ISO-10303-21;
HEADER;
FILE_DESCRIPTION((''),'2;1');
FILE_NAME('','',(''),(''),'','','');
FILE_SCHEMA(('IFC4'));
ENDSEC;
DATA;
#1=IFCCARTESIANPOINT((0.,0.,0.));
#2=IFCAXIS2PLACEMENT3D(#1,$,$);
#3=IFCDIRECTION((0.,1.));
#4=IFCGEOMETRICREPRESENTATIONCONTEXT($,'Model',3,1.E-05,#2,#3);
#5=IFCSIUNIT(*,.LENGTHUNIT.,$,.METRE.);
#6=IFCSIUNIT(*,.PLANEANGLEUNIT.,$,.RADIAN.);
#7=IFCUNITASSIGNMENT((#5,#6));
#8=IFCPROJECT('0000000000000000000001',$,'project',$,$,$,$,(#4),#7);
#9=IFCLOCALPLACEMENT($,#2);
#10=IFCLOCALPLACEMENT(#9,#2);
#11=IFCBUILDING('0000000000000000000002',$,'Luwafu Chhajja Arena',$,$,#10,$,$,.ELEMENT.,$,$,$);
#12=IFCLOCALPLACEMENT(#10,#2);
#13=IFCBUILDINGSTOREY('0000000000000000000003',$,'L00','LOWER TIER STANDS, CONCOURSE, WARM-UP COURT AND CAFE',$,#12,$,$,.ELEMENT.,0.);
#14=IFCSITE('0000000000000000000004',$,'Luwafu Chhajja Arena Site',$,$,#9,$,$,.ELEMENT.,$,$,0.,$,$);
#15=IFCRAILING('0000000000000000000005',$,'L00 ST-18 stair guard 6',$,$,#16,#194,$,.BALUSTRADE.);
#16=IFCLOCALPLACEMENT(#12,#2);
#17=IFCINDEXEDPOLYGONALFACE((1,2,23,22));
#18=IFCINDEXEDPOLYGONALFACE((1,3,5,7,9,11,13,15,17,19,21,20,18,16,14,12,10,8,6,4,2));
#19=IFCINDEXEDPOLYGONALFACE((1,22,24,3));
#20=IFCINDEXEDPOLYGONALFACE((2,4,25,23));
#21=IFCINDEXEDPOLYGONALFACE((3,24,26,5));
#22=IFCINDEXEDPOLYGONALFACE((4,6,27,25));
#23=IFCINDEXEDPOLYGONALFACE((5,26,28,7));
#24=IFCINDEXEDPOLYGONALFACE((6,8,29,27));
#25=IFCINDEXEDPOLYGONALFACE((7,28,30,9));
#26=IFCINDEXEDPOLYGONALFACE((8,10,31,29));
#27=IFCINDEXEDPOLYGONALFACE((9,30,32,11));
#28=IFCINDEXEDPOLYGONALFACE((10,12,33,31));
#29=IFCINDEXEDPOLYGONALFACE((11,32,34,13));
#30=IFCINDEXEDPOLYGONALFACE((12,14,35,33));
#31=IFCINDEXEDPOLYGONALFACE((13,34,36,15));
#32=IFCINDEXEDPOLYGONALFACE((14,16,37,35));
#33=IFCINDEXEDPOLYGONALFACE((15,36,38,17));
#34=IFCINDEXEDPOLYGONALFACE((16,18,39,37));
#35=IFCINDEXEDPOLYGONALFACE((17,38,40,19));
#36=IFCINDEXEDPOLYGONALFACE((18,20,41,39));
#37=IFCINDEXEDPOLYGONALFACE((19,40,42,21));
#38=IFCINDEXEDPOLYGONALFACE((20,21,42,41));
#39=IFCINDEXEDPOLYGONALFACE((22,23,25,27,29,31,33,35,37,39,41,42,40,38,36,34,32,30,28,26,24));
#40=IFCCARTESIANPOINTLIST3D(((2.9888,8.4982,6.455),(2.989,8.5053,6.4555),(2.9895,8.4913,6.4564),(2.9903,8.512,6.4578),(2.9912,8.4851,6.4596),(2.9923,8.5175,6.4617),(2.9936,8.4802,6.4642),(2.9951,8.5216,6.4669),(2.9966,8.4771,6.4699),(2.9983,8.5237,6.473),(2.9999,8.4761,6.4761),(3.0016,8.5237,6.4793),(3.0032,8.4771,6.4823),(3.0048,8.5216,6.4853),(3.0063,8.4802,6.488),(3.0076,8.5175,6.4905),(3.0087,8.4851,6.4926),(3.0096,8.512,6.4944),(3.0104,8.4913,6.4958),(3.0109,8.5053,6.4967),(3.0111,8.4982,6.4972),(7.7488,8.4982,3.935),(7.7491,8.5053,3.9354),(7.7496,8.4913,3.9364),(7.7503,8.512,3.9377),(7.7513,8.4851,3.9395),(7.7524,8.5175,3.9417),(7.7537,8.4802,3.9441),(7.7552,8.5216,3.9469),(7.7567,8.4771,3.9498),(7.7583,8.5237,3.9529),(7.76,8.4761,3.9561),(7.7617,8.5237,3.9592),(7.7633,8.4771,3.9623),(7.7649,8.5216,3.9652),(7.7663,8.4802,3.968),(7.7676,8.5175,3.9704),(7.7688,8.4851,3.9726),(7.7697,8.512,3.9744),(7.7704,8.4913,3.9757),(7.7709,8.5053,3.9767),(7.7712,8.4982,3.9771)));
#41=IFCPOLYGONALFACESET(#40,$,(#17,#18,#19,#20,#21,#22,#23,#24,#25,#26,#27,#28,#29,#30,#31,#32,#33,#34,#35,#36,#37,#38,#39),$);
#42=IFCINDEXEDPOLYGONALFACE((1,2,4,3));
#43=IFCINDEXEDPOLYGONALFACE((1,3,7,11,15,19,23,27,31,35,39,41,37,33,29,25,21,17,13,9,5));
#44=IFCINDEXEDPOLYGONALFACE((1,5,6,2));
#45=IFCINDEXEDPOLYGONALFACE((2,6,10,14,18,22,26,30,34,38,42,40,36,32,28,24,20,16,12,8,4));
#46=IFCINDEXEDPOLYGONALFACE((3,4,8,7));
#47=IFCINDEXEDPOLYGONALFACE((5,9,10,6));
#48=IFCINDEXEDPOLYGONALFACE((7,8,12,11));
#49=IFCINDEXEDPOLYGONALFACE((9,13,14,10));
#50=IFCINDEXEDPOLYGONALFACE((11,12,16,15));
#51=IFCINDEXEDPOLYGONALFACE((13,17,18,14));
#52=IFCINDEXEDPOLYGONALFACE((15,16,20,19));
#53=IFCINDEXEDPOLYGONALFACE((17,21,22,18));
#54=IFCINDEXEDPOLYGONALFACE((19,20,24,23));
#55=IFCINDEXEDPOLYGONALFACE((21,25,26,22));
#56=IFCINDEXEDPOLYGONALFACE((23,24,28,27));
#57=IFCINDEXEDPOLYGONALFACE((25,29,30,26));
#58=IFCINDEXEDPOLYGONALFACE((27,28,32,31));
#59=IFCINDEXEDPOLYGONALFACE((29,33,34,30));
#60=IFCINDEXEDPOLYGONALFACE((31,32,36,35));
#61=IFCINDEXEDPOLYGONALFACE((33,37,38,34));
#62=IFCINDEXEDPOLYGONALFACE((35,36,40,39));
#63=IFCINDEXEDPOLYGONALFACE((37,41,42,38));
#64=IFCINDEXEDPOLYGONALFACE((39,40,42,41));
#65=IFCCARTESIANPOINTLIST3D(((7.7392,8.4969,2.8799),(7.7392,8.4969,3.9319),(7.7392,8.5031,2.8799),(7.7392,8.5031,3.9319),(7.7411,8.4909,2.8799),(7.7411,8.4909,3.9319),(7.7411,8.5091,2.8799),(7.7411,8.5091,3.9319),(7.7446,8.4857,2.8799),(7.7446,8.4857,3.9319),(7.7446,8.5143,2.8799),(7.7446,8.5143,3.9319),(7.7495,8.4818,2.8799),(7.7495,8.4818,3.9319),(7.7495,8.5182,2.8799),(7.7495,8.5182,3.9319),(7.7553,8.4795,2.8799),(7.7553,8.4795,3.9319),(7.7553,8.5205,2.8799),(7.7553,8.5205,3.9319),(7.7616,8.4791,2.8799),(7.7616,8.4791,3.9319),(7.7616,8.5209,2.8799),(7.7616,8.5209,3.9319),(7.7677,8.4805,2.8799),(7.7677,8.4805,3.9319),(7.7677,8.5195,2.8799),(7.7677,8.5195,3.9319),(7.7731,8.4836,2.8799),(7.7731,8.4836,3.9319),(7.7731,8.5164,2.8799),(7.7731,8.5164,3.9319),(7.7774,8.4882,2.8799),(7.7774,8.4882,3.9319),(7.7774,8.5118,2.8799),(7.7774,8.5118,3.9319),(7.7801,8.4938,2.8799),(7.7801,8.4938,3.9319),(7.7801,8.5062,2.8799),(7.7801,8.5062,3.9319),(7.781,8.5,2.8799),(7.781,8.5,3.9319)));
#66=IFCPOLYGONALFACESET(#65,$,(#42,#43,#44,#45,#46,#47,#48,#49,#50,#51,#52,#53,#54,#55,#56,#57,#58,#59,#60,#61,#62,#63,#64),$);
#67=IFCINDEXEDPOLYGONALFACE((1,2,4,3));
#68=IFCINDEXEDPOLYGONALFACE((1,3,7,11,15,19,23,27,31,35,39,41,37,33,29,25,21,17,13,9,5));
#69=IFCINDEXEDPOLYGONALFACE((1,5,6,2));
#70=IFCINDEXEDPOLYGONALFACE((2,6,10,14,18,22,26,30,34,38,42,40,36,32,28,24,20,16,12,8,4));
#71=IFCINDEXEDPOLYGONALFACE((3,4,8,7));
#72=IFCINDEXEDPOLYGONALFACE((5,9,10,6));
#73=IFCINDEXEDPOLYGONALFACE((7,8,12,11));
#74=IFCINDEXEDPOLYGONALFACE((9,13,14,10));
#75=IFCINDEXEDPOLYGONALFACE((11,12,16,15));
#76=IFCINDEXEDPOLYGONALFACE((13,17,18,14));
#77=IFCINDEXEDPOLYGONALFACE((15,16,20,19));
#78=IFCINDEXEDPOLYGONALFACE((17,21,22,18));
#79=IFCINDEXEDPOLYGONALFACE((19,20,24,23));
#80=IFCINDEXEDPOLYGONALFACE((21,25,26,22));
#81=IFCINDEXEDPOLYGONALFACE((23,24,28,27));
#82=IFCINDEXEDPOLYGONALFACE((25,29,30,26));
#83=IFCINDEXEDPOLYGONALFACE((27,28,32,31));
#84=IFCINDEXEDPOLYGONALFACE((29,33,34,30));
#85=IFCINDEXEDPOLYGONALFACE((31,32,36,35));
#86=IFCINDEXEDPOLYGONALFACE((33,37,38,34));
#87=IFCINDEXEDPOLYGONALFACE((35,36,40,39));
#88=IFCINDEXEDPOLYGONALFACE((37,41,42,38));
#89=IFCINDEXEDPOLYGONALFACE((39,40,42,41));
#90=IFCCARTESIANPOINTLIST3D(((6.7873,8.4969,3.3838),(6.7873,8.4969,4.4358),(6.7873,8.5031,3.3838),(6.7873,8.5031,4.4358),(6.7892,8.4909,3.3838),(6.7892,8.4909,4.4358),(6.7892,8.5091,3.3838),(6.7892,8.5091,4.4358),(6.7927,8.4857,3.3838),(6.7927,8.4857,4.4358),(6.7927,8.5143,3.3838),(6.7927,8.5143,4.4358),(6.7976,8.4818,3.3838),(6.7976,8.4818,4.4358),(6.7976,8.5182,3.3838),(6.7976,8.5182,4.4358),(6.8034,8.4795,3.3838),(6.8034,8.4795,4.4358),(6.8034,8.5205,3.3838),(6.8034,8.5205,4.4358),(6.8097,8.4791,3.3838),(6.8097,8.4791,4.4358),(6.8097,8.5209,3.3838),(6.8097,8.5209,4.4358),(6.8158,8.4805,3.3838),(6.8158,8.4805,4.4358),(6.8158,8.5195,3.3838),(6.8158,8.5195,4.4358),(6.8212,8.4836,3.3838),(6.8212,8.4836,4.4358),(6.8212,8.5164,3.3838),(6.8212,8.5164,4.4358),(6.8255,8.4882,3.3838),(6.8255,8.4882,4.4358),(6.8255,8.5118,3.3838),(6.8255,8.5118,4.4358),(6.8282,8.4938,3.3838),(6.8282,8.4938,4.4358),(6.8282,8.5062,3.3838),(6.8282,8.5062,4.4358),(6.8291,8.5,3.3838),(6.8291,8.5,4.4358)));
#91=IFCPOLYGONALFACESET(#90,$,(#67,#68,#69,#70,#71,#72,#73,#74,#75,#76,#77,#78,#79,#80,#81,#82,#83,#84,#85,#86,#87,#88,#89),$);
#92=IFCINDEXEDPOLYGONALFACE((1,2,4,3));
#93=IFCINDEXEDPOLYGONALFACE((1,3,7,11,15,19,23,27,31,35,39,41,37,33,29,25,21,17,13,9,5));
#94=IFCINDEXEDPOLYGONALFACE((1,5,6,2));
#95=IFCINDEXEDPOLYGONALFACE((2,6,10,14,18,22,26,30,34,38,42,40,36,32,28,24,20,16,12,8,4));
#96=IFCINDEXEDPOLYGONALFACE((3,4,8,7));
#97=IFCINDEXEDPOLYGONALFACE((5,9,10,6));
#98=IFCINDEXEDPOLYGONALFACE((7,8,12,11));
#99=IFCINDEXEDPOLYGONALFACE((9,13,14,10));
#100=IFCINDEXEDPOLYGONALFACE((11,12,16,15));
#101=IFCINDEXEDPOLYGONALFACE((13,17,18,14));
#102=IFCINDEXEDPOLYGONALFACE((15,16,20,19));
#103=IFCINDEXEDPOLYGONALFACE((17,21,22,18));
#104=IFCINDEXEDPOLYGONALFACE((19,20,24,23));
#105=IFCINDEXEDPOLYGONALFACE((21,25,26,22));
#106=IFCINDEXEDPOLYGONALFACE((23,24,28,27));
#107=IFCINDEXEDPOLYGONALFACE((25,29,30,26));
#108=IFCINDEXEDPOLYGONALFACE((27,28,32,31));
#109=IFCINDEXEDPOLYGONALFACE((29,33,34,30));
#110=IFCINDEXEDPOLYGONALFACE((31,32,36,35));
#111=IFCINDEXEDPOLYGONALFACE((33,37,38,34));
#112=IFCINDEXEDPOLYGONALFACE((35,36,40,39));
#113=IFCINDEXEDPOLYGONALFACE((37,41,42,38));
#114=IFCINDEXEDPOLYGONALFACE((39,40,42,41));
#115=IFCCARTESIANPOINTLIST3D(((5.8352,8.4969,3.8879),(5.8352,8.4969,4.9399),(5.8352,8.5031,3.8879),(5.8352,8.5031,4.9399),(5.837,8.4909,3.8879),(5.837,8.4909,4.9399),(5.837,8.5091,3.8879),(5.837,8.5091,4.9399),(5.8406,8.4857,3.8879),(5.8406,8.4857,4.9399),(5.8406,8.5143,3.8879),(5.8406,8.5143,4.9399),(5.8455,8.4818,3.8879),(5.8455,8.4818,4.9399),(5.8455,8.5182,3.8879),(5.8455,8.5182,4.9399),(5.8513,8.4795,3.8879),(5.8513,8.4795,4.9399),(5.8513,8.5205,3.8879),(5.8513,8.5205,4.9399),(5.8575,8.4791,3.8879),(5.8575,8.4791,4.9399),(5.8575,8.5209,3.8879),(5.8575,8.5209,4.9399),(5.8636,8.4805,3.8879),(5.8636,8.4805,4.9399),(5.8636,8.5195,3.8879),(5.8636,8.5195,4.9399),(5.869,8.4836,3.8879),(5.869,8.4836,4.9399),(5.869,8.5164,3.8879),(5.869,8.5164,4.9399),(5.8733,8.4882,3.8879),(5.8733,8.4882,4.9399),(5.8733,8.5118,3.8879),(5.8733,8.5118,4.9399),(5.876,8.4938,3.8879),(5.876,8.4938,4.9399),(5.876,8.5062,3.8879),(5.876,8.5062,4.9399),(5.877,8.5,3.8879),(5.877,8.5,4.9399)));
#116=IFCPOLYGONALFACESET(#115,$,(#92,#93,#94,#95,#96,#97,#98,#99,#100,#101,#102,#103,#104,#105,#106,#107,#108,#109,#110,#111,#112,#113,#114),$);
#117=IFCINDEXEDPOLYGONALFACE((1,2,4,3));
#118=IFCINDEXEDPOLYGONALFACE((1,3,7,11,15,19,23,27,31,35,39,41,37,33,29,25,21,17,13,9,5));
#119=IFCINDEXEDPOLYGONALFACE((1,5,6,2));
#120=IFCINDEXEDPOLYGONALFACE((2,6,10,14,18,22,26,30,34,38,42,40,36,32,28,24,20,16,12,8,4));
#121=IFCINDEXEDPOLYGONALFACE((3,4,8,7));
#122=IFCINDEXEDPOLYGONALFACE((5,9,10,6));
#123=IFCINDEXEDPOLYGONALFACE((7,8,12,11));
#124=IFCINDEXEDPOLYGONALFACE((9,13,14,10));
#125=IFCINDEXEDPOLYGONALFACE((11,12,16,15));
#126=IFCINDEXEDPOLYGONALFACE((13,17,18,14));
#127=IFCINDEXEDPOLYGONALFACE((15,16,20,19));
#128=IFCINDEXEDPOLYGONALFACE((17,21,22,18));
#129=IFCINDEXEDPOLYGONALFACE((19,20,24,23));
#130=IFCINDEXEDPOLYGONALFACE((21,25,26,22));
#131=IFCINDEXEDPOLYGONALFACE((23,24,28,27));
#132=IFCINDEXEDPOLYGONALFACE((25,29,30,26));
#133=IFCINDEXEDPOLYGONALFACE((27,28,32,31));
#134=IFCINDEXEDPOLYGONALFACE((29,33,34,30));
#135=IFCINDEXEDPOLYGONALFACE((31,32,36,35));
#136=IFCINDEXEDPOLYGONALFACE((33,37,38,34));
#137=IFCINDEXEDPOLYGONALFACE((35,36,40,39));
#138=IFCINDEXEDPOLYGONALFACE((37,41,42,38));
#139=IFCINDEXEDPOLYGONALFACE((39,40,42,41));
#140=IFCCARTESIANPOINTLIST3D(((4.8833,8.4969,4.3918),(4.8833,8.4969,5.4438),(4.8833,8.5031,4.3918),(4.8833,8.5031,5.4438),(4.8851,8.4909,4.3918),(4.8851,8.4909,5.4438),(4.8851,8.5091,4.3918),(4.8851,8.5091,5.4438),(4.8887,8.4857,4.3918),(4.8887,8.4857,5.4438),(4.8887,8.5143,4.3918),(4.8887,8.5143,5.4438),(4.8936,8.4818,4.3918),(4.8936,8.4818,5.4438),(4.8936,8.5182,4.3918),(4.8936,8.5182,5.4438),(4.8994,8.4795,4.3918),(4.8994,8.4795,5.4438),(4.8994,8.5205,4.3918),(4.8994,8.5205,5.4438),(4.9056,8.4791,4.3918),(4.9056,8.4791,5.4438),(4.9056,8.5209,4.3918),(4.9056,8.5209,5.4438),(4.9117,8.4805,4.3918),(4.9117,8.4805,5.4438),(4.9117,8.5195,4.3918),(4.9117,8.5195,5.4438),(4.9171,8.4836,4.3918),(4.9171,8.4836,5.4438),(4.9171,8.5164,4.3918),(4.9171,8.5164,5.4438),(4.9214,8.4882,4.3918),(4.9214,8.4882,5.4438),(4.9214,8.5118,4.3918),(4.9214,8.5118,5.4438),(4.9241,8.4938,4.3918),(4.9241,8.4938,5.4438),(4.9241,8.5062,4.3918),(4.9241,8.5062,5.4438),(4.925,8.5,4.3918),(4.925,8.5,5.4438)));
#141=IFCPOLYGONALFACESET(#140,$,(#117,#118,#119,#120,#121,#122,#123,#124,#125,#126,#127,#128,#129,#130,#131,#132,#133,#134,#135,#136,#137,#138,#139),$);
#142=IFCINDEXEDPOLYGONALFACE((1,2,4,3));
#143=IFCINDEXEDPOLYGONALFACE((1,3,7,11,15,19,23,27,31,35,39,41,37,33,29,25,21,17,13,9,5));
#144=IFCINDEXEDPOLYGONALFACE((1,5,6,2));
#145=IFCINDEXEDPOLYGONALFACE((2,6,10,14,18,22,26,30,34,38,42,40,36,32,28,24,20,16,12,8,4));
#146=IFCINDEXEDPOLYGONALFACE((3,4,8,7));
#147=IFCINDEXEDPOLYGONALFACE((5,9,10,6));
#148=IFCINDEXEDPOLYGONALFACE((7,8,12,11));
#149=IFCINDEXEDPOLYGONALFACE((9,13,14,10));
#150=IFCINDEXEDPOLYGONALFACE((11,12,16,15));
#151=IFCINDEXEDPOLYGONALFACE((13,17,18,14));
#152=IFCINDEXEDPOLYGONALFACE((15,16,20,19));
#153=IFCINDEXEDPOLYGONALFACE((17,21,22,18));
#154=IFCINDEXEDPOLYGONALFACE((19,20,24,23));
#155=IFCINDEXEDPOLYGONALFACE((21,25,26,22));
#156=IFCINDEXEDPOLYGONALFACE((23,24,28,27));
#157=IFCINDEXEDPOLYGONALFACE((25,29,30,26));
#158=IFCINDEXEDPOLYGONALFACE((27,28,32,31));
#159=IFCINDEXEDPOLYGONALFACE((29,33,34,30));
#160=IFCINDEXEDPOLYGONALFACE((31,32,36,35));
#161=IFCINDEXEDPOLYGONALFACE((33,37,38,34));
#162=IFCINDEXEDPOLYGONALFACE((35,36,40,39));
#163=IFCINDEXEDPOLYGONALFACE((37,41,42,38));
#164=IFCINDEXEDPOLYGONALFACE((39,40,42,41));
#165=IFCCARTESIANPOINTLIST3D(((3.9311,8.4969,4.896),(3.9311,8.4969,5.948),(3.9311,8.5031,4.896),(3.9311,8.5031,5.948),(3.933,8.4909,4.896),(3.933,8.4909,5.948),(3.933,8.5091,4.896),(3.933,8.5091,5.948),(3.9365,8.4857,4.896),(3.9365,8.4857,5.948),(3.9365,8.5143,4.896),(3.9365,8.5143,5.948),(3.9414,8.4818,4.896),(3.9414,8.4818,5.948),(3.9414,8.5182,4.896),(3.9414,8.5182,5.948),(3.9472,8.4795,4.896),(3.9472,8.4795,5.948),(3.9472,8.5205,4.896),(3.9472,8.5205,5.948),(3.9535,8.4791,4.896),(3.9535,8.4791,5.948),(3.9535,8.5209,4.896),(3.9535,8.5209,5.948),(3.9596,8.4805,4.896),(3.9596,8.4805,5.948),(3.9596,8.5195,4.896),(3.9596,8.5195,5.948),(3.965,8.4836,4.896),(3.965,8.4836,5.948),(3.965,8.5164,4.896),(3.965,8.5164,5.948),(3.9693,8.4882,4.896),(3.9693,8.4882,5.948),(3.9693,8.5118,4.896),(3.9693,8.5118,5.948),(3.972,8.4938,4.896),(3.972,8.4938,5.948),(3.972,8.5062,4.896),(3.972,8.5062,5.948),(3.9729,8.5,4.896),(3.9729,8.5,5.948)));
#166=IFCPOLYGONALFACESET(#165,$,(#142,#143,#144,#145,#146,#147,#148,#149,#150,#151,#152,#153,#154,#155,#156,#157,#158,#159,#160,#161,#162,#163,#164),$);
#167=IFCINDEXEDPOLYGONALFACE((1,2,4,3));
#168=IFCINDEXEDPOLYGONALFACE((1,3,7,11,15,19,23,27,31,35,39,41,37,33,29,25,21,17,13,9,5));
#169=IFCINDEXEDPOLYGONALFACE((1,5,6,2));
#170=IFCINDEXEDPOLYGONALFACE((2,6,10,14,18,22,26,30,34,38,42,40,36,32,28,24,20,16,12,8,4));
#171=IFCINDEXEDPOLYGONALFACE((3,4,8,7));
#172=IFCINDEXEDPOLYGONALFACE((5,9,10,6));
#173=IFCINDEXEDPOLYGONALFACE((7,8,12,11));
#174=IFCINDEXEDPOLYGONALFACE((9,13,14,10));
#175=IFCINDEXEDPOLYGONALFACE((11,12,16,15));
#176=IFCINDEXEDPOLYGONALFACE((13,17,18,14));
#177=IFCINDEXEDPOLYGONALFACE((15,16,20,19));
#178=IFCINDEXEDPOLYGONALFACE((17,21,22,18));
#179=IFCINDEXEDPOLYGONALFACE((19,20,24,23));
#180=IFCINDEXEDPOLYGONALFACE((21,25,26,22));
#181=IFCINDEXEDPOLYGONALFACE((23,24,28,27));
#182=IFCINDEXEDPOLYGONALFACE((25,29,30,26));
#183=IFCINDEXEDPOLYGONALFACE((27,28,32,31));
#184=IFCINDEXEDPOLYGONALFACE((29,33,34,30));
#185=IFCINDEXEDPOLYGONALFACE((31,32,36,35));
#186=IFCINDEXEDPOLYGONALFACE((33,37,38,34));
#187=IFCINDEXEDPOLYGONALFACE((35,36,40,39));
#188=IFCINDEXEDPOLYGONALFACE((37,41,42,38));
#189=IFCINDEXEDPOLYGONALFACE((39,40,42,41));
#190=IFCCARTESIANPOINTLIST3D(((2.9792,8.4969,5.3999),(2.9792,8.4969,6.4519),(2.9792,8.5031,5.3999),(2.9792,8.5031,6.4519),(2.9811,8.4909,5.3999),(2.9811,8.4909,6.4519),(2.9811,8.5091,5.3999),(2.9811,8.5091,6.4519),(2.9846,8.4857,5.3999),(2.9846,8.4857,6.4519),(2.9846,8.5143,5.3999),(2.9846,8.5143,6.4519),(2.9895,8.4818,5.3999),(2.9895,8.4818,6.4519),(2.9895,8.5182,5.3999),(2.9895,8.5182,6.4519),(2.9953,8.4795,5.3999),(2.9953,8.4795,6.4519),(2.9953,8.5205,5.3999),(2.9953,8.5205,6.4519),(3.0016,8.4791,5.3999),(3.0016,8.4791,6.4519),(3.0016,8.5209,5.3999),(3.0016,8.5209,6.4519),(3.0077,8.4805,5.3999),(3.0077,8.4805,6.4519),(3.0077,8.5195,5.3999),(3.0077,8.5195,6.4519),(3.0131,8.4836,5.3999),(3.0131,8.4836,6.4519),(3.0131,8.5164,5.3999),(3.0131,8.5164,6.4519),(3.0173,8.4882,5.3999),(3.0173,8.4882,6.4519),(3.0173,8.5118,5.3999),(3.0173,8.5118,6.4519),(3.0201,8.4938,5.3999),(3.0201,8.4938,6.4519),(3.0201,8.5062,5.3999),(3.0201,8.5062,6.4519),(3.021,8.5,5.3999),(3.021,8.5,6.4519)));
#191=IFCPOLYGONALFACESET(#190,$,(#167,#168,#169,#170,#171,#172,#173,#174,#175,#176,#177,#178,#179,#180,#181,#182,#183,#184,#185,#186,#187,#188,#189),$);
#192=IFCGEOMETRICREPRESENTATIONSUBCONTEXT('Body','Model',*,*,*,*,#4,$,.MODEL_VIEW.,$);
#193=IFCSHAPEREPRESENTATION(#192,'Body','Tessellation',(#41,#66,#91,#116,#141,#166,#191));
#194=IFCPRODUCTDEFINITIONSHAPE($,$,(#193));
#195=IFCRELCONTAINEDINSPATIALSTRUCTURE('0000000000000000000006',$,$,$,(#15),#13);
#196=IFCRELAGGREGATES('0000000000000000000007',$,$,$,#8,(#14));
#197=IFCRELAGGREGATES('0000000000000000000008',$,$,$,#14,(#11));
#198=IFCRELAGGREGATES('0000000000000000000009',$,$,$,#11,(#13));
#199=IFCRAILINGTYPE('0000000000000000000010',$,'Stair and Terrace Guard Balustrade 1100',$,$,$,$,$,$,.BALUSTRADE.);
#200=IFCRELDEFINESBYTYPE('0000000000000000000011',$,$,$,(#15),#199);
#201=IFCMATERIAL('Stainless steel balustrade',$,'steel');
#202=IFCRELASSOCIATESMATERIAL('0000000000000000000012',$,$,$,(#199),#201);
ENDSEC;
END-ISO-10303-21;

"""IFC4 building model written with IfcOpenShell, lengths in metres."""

from ifc_helpers import new_model, si_unit, direction, frame, origin, origin_2d, place, context, subcontext, project, spatial, circle, extrude, material, type_object, element, save


model = new_model("IFC4")

# Units and contexts
model_context = context("Model", 3, precision=1e-05, world=origin(), true_north=direction((0.0, 1.0)))
body_context = subcontext(model_context, "Body", "Model", "MODEL_VIEW")
ifc_project = project(units=[si_unit("LENGTHUNIT", "METRE"), si_unit("PLANEANGLEUNIT", "RADIAN")], contexts=[model_context])

# Site, building, storey
site_placement = place(None, origin())
site = spatial("IfcSite", under=ifc_project, at=site_placement, Name="Luwafu Chhajja Arena Site", CompositionType="ELEMENT", RefElevation=0.0)
building_placement = place(site_placement, origin())
building = spatial("IfcBuilding", under=site, at=building_placement, Name="Luwafu Chhajja Arena", CompositionType="ELEMENT")
storey_placement = place(building_placement, origin())
storey = spatial("IfcBuildingStorey", under=building, at=storey_placement, Name="L00", Description="LOWER TIER STANDS, CONCOURSE, WARM-UP COURT AND CAFE", CompositionType="ELEMENT", Elevation=0.0)

# Railing
ifc_material_1 = material(Name="Stainless steel balustrade", Category="steel")
railing_type_1 = type_object("IfcRailingType", Name="Stair and Terrace Guard Balustrade 1100", PredefinedType="BALUSTRADE", material=ifc_material_1)
railing_1_placement = place(storey_placement, frame((7.76, 8.5, 2.8799)))
element("IfcRailing", 1, at=railing_1_placement, inside=storey, type_object=railing_type_1, Name="L00 ST-18 stair guard 6", PredefinedType="BALUSTRADE", context=body_context, shape_type="SweptSolid", body=[
    extrude(circle(Radius=0.0239, at=origin_2d()), frame((0.0, 0.0, 1.0762), z_axis=(-0.883787, 0.0, 0.46789), x_axis=(0.0, -1.0, 0.0)), (0.0, 0.0, 1.0), 5.386),
    extrude(circle(Radius=0.021, at=origin_2d()), origin(), (0.0, 0.0, 1.0), 1.052),
    extrude(circle(Radius=0.021, at=origin_2d()), frame((-0.9519, 0.0, 0.5039)), (0.0, 0.0, 1.0), 1.052),
    extrude(circle(Radius=0.021, at=origin_2d()), frame((-1.9041, 0.0, 1.0081)), (0.0, 0.0, 1.0), 1.052),
    extrude(circle(Radius=0.021, at=origin_2d()), frame((-2.856, 0.0, 1.512)), (0.0, 0.0, 1.0), 1.052),
    extrude(circle(Radius=0.021, at=origin_2d()), frame((-3.8081, 0.0, 2.0161)), (0.0, 0.0, 1.0), 1.052),
    extrude(circle(Radius=0.021, at=origin_2d()), frame((-4.76, 0.0, 2.52)), (0.0, 0.0, 1.0), 1.052),
])

save(model, "model.ifc")
